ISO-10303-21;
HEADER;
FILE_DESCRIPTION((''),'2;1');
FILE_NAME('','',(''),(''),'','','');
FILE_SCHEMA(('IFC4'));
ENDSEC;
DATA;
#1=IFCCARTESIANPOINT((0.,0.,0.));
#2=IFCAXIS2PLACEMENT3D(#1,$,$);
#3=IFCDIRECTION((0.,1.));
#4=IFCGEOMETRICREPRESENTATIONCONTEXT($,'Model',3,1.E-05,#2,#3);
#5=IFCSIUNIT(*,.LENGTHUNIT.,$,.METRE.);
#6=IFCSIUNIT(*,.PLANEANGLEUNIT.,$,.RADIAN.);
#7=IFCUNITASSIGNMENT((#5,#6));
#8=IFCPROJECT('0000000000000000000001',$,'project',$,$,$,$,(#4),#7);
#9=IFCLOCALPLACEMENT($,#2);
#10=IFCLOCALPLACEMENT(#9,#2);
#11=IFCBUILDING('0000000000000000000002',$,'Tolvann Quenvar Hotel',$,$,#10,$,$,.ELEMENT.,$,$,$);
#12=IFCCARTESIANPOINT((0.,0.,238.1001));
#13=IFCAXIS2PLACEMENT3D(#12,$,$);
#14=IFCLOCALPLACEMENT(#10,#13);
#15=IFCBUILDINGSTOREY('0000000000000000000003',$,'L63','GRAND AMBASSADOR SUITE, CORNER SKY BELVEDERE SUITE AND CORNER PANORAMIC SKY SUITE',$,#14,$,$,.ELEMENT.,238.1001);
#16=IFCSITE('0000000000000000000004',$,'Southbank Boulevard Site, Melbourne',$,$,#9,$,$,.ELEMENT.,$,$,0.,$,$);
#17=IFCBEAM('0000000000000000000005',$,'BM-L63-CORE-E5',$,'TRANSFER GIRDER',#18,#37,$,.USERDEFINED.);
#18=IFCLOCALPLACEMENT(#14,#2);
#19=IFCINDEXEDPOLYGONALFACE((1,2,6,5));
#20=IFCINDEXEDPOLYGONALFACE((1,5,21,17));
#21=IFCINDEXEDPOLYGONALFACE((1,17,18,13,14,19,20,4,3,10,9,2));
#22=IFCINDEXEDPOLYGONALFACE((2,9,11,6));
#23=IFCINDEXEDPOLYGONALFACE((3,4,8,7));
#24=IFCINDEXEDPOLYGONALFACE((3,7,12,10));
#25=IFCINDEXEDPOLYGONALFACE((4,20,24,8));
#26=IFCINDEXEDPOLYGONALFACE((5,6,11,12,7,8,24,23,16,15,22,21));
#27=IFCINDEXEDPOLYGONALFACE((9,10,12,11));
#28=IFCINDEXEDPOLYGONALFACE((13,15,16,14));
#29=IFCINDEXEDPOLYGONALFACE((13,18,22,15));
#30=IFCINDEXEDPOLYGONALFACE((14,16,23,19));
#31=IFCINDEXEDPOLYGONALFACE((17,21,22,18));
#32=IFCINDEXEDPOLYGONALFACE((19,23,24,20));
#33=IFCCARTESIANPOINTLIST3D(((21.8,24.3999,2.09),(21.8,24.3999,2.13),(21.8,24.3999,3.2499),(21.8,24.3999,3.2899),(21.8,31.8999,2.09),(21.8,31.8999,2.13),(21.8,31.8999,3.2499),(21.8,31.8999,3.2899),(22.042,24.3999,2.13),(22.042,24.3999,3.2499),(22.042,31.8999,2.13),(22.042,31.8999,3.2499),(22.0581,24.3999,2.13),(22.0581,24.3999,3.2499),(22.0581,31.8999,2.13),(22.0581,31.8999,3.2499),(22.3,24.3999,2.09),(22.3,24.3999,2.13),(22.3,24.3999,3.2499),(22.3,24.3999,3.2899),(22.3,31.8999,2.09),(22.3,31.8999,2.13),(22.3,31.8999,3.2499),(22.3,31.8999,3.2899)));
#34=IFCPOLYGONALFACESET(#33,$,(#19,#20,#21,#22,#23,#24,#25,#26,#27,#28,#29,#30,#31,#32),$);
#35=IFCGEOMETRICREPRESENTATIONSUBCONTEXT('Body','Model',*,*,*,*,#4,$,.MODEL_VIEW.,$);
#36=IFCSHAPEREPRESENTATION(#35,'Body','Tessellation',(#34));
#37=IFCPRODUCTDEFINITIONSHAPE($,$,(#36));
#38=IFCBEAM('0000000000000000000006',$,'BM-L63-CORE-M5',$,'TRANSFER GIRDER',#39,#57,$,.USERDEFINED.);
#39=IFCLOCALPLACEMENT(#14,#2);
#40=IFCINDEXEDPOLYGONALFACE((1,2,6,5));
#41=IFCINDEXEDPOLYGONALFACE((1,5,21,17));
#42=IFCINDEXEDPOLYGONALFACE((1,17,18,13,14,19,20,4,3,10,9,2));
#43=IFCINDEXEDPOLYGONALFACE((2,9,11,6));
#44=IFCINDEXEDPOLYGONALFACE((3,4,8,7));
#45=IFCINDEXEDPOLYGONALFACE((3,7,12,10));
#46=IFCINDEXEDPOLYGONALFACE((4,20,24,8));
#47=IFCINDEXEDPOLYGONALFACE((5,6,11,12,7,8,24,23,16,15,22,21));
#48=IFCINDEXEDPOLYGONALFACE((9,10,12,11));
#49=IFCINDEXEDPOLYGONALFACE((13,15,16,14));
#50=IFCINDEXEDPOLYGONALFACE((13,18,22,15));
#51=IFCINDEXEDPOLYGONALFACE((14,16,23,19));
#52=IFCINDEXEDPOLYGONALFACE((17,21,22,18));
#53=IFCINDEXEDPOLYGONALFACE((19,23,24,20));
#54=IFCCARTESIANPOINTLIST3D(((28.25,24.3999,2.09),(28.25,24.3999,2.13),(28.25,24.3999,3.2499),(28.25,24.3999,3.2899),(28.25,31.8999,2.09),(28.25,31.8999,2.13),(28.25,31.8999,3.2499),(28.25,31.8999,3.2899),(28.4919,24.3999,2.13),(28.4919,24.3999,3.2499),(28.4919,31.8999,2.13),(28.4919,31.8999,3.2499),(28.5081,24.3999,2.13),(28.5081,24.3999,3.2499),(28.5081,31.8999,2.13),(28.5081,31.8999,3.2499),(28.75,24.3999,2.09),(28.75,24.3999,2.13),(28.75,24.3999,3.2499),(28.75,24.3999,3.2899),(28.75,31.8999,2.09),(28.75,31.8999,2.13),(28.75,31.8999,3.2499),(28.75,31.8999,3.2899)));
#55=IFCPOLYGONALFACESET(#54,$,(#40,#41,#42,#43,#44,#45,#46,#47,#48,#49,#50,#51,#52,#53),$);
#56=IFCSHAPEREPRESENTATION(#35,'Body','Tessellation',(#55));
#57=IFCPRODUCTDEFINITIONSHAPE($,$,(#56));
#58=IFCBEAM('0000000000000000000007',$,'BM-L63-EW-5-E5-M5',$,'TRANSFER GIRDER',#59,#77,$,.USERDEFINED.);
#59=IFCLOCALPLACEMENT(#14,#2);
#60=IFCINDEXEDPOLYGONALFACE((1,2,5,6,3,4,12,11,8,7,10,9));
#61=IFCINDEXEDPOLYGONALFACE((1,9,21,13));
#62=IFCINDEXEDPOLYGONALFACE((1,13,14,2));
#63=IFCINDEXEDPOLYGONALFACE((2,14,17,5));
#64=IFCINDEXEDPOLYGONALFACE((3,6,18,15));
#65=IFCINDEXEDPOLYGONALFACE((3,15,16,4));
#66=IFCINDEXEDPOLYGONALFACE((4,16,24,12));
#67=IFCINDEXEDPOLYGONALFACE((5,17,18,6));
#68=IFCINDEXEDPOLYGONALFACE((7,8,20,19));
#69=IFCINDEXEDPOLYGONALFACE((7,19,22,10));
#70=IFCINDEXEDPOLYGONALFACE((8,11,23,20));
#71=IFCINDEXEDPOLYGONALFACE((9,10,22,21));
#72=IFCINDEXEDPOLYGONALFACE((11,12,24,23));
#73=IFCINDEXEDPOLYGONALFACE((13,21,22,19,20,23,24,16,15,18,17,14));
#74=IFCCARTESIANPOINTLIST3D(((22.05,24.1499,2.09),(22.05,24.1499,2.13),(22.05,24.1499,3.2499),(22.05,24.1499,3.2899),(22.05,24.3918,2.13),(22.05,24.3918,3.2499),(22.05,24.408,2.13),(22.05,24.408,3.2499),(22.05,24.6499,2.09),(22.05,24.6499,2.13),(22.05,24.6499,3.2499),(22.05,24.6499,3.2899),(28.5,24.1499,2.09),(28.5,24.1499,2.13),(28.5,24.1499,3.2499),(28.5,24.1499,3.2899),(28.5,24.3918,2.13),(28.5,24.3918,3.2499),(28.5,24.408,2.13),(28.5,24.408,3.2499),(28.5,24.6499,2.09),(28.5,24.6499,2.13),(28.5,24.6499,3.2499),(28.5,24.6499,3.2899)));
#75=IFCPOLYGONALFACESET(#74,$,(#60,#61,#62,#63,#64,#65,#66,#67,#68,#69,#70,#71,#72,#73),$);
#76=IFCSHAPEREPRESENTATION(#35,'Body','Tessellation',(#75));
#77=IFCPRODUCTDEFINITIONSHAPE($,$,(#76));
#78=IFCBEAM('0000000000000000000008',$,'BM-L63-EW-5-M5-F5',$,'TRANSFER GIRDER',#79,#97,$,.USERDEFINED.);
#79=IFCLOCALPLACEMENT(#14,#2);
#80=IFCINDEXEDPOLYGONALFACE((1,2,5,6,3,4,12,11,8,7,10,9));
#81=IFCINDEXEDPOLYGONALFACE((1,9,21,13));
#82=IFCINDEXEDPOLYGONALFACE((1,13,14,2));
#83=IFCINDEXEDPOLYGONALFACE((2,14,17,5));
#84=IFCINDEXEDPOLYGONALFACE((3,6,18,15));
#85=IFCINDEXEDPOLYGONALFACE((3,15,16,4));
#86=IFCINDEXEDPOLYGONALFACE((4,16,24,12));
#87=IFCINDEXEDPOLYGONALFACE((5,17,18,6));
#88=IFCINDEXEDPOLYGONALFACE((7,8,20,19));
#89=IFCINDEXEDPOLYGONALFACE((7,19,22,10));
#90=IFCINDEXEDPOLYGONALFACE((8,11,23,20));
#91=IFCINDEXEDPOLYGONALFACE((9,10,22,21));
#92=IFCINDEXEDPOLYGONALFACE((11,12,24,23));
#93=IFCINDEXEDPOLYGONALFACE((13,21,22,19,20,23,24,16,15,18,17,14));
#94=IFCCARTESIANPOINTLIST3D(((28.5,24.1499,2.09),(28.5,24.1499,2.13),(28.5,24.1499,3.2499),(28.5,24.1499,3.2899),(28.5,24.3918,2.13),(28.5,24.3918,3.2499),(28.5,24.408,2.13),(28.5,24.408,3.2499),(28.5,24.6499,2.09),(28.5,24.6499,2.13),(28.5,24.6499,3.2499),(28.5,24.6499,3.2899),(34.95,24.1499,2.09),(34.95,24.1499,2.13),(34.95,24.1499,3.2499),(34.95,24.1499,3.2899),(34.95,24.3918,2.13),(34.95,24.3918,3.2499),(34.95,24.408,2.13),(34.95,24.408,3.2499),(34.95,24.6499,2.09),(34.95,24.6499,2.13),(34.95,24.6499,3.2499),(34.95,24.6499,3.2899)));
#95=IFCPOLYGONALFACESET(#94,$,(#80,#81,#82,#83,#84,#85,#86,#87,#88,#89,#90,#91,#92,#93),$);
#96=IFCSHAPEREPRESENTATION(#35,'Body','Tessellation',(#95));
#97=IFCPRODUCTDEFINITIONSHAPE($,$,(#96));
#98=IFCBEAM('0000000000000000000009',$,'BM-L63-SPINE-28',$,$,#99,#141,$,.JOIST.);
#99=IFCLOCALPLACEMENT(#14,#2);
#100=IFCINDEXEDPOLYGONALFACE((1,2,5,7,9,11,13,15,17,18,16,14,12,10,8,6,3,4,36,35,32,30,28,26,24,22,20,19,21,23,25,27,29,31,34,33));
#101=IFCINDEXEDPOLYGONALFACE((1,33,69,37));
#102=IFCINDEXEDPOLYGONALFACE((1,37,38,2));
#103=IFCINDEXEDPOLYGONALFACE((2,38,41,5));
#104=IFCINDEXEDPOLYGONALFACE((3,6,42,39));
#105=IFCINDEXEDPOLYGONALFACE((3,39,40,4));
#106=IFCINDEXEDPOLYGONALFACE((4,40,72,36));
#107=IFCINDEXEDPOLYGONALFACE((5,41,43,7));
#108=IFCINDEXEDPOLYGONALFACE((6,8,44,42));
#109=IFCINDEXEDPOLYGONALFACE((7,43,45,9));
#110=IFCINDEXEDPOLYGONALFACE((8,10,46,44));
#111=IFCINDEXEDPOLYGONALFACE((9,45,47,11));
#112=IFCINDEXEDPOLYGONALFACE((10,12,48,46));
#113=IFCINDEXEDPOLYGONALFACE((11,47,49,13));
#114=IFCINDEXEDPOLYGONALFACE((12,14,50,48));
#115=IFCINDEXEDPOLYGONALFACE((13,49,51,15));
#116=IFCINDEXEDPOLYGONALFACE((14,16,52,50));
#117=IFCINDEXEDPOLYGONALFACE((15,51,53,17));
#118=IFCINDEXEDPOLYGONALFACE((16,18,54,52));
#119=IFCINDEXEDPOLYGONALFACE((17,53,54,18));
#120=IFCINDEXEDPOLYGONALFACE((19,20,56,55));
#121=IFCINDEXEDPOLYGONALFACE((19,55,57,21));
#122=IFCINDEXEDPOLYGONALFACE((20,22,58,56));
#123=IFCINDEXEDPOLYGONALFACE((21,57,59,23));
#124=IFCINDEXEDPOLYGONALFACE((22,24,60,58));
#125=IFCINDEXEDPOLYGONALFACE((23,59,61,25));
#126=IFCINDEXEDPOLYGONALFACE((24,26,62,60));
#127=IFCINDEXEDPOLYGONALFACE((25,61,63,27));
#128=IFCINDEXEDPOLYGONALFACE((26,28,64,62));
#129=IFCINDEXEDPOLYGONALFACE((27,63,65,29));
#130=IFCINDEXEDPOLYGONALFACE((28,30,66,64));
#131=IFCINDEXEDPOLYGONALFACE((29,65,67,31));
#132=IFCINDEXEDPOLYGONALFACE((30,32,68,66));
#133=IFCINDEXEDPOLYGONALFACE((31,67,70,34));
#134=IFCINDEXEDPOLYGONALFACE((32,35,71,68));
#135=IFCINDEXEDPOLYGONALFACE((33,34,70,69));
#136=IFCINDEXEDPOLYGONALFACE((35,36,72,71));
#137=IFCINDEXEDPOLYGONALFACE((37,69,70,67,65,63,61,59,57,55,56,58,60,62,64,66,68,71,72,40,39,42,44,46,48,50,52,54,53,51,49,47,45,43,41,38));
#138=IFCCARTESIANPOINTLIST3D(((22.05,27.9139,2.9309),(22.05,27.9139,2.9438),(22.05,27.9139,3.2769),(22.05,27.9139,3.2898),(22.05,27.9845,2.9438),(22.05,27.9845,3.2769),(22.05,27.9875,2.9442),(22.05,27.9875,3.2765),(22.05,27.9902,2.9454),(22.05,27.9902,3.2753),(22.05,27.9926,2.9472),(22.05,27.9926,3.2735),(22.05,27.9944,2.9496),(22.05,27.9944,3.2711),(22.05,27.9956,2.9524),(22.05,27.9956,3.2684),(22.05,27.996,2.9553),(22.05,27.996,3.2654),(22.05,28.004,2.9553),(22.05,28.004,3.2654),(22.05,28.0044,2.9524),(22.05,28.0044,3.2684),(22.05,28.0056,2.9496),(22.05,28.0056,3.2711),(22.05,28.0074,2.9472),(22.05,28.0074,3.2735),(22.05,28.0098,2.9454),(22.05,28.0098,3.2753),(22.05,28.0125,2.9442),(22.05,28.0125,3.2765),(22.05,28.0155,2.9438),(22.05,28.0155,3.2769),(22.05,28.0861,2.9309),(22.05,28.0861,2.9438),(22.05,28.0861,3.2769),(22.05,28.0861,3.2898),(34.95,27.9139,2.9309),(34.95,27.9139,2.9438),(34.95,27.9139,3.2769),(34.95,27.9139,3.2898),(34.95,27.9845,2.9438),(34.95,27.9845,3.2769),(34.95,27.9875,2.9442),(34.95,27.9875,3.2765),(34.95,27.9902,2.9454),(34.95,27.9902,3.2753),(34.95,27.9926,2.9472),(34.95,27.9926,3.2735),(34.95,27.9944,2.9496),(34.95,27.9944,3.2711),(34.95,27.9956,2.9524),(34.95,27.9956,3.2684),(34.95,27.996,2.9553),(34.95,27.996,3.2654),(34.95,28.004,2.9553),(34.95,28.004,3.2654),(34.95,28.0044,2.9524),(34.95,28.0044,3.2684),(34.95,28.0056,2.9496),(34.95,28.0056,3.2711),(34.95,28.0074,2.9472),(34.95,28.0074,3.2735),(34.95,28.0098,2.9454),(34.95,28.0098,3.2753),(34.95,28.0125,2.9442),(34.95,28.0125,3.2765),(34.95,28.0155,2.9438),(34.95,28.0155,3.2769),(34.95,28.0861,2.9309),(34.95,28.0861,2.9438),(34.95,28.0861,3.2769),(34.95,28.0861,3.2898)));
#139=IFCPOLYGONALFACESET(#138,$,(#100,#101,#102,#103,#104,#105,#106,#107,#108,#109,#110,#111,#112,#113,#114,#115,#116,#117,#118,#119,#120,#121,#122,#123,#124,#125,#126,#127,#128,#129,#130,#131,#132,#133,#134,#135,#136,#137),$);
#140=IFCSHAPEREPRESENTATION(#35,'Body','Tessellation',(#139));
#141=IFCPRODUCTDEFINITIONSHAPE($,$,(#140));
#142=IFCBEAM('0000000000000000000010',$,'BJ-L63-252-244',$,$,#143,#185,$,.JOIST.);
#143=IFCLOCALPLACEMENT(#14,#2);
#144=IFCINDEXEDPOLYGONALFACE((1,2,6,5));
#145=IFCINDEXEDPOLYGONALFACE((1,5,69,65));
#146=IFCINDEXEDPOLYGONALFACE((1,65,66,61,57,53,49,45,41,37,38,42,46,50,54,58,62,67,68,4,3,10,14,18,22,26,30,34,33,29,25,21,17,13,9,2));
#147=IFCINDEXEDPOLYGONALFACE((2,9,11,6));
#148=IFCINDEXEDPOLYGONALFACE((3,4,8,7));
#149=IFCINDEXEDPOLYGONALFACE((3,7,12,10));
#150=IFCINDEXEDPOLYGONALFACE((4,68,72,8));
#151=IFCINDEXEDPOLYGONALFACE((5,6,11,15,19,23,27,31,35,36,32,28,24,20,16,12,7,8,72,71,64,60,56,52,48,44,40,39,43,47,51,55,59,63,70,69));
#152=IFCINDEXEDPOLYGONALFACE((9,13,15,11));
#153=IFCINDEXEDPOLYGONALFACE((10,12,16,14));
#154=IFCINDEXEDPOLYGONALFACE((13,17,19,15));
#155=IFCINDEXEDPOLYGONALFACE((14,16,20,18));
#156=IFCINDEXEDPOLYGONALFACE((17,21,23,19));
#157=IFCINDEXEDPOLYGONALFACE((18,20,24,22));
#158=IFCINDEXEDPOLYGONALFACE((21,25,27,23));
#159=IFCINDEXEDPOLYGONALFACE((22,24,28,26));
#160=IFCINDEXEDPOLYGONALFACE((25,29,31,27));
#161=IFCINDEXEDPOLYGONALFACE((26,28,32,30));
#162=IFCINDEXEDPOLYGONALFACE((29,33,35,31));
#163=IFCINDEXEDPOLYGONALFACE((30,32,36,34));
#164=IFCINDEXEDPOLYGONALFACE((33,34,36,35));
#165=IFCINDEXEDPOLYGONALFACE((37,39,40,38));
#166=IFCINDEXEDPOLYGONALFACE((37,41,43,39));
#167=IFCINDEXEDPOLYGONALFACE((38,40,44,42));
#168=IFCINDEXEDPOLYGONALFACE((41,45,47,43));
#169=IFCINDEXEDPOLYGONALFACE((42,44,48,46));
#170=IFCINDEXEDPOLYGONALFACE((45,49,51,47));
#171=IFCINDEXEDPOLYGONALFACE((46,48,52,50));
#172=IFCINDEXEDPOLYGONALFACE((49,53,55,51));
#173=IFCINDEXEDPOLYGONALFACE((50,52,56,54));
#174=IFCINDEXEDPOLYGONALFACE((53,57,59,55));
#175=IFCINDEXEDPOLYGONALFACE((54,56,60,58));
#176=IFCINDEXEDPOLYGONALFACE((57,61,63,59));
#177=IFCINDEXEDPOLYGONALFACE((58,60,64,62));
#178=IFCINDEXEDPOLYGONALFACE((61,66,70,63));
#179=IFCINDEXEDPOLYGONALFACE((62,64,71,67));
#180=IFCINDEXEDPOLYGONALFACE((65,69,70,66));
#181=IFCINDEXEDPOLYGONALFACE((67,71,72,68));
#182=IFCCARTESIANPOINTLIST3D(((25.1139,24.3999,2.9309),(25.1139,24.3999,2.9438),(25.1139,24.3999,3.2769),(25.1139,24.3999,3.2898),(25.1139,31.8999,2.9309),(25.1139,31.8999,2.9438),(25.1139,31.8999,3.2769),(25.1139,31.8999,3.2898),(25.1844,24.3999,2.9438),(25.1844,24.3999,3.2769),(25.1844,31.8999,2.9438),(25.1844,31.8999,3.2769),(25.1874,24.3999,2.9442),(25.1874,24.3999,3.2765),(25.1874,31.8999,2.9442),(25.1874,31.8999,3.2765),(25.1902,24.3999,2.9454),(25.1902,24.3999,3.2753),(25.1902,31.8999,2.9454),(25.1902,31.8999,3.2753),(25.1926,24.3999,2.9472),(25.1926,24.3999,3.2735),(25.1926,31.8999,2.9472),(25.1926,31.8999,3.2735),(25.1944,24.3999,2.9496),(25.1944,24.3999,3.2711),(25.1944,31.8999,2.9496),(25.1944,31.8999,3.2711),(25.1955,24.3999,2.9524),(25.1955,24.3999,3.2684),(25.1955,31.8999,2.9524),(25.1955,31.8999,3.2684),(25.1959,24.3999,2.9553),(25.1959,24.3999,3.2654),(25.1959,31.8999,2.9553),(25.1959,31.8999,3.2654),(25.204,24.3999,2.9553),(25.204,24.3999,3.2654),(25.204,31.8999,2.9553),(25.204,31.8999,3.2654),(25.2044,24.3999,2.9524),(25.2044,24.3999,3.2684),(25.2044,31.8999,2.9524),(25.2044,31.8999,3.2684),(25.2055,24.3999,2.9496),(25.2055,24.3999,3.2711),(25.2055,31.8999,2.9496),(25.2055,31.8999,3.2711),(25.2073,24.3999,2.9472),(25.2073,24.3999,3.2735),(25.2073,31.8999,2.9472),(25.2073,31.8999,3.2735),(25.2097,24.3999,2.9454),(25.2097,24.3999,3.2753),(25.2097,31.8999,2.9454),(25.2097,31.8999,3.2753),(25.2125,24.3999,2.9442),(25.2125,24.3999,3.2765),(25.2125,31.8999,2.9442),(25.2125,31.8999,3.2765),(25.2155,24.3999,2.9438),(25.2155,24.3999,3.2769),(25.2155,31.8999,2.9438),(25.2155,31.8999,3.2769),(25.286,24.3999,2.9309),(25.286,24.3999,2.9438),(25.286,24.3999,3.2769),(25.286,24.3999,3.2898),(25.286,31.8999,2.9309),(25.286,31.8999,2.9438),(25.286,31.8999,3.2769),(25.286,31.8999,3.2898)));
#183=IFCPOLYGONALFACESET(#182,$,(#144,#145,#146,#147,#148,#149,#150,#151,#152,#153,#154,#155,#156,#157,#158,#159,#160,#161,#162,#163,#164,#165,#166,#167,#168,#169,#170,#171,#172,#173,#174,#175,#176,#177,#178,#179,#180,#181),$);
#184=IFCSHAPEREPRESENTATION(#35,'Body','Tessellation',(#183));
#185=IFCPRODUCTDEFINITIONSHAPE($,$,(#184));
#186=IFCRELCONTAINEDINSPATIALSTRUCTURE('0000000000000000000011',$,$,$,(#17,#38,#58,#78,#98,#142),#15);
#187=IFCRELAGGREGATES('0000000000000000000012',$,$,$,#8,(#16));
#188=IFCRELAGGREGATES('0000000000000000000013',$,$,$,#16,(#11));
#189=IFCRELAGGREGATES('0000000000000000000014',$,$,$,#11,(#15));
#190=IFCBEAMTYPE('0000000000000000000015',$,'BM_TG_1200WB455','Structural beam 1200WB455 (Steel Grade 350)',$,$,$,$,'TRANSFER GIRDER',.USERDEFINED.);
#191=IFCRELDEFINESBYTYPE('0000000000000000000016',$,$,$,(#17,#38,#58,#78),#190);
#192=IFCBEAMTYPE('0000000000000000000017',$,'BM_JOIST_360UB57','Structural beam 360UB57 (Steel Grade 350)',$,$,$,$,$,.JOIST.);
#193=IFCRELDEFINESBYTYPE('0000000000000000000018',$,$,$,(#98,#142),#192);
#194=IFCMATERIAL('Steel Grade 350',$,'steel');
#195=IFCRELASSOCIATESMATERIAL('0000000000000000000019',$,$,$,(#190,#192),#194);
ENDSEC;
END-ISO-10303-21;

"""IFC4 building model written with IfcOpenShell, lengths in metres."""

from ifc_helpers import new_model, si_unit, direction, frame, origin, origin_2d, place, context, subcontext, project, spatial, i_section, extrude, source, transform, mapped, material, material_profile, profile_set, type_object, type_shapes, element, save


model = new_model("IFC4")

# Units and contexts
model_context = context("Model", 3, precision=1e-05, world=origin(), true_north=direction((0.0, 1.0)))
body_context = subcontext(model_context, "Body", "Model", "MODEL_VIEW")
ifc_project = project(units=[si_unit("LENGTHUNIT", "METRE"), si_unit("PLANEANGLEUNIT", "RADIAN")], contexts=[model_context])

# Site, building, storey
site_placement = place(None, origin())
site = spatial("IfcSite", under=ifc_project, at=site_placement, Name="Southbank Boulevard Site, Melbourne", CompositionType="ELEMENT", RefElevation=0.0)
building_placement = place(site_placement, origin())
building = spatial("IfcBuilding", under=site, at=building_placement, Name="Tolvann Quenvar Hotel", CompositionType="ELEMENT")
storey_placement = place(building_placement, frame((0.0, 0.0, 238.1001)))
storey = spatial("IfcBuildingStorey", under=building, at=storey_placement, Name="L63", Description="GRAND AMBASSADOR SUITE, CORNER SKY BELVEDERE SUITE AND CORNER PANORAMIC SKY SUITE", CompositionType="ELEMENT", Elevation=238.1001)

# Beams
ifc_material_1 = material(Name="Steel Grade 350", Category="steel")
ifc_material_profile_1 = material_profile(ifc_material_1, i_section(OverallWidth=0.5, OverallDepth=1.2, WebThickness=0.0161, FlangeThickness=0.04, at=origin_2d()), Name="1200WB455")
ifc_profile_set_1 = profile_set([ifc_material_profile_1], Name="Steel Grade 350")
beam_type_1 = type_object("IfcBeamType", Name="BM_TG_1200WB455", Description="Structural beam 1200WB455 (Steel Grade 350)", ElementType="TRANSFER GIRDER", PredefinedType="USERDEFINED", material=ifc_profile_set_1)
shared_shape_1 = source(origin(), body_context, "Body", "SweptSolid", [
    extrude(i_section(OverallWidth=0.5, OverallDepth=1.2, WebThickness=0.0161, FlangeThickness=0.04, at=origin_2d()), origin(), (0.0, 0.0, 1.0), 7.5),
])
for number, where, z_axis, x_axis, name in (
    (1, (22.05, 24.3999, 2.6899), (0.0, 1.0, 0.0), (-1.0, 0.0, 0.0), "BM-L63-CORE-E5"),
    (2, (28.5, 24.3999, 2.6899), (0.0, 1.0, 0.0), (-1.0, 0.0, 0.0), "BM-L63-CORE-M5"),
):
    element("IfcBeam", number, at=place(storey_placement, frame(where, z_axis=z_axis, x_axis=x_axis)), inside=storey, type_object=beam_type_1, Name=name, ObjectType="TRANSFER GIRDER", PredefinedType="USERDEFINED", context=body_context, shape_type="MappedRepresentation", body=[
        mapped(shared_shape_1, transform((0.0, 0.0, 0.0), x_axis=(1.0, 0.0, 0.0), y_axis=(0.0, 1.0, 0.0), z_axis=(0.0, 0.0, 1.0), scale=1.0)),
    ])
shared_shape_2 = source(origin(), body_context, "Body", "SweptSolid", [
    extrude(i_section(OverallWidth=0.5, OverallDepth=1.2, WebThickness=0.0161, FlangeThickness=0.04, at=origin_2d()), origin(), (0.0, 0.0, 1.0), 6.45),
])
type_shapes(beam_type_1, [shared_shape_1, shared_shape_2])
for number, where, z_axis, x_axis, name in (
    (3, (22.05, 24.3999, 2.6899), (1.0, 0.0, 0.0), (0.0, 1.0, 0.0), "BM-L63-EW-5-E5-M5"),
    (4, (28.5, 24.3999, 2.6899), (1.0, 0.0, 0.0), (0.0, 1.0, 0.0), "BM-L63-EW-5-M5-F5"),
):
    element("IfcBeam", number, at=place(storey_placement, frame(where, z_axis=z_axis, x_axis=x_axis)), inside=storey, type_object=beam_type_1, Name=name, ObjectType="TRANSFER GIRDER", PredefinedType="USERDEFINED", context=body_context, shape_type="MappedRepresentation", body=[
        mapped(shared_shape_2, transform((0.0, 0.0, 0.0), x_axis=(1.0, 0.0, 0.0), y_axis=(0.0, 1.0, 0.0), z_axis=(0.0, 0.0, 1.0), scale=1.0)),
    ])
ifc_material_profile_2 = material_profile(ifc_material_1, i_section(OverallWidth=0.1721, OverallDepth=0.3589, WebThickness=0.0081, FlangeThickness=0.0129, FilletRadius=0.0115, at=origin_2d()), Name="360UB57")
ifc_profile_set_2 = profile_set([ifc_material_profile_2], Name="Steel Grade 350")
beam_type_2 = type_object("IfcBeamType", Name="BM_JOIST_360UB57", Description="Structural beam 360UB57 (Steel Grade 350)", PredefinedType="JOIST", material=ifc_profile_set_2)
shared_shape_3 = source(origin(), body_context, "Body", "SweptSolid", [
    extrude(i_section(OverallWidth=0.1721, OverallDepth=0.3589, WebThickness=0.0081, FlangeThickness=0.0129, FilletRadius=0.0115, at=origin_2d()), origin(), (0.0, 0.0, 1.0), 12.8999),
])
beam_1_placement = place(storey_placement, frame((22.05, 28.0, 3.1104), z_axis=(1.0, 0.0, 0.0), x_axis=(0.0, 1.0, 0.0)))
element("IfcBeam", 5, at=beam_1_placement, inside=storey, type_object=beam_type_2, Name="BM-L63-SPINE-28", PredefinedType="JOIST", context=body_context, shape_type="MappedRepresentation", body=[
    mapped(shared_shape_3, transform((0.0, 0.0, 0.0), x_axis=(1.0, 0.0, 0.0), y_axis=(0.0, 1.0, 0.0), z_axis=(0.0, 0.0, 1.0), scale=1.0)),
])
shared_shape_4 = source(origin(), body_context, "Body", "SweptSolid", [
    extrude(i_section(OverallWidth=0.1721, OverallDepth=0.3589, WebThickness=0.0081, FlangeThickness=0.0129, FilletRadius=0.0115, at=origin_2d()), origin(), (0.0, 0.0, 1.0), 7.5),
])
type_shapes(beam_type_2, [shared_shape_3, shared_shape_4])
beam_2_placement = place(storey_placement, frame((25.2, 24.3999, 3.1104), z_axis=(0.0, 1.0, 0.0), x_axis=(-1.0, 0.0, 0.0)))
element("IfcBeam", 6, at=beam_2_placement, inside=storey, type_object=beam_type_2, Name="BJ-L63-252-244", PredefinedType="JOIST", context=body_context, shape_type="MappedRepresentation", body=[
    mapped(shared_shape_4, transform((0.0, 0.0, 0.0), x_axis=(1.0, 0.0, 0.0), y_axis=(0.0, 1.0, 0.0), z_axis=(0.0, 0.0, 1.0), scale=1.0)),
])

save(model, "model.ifc")
